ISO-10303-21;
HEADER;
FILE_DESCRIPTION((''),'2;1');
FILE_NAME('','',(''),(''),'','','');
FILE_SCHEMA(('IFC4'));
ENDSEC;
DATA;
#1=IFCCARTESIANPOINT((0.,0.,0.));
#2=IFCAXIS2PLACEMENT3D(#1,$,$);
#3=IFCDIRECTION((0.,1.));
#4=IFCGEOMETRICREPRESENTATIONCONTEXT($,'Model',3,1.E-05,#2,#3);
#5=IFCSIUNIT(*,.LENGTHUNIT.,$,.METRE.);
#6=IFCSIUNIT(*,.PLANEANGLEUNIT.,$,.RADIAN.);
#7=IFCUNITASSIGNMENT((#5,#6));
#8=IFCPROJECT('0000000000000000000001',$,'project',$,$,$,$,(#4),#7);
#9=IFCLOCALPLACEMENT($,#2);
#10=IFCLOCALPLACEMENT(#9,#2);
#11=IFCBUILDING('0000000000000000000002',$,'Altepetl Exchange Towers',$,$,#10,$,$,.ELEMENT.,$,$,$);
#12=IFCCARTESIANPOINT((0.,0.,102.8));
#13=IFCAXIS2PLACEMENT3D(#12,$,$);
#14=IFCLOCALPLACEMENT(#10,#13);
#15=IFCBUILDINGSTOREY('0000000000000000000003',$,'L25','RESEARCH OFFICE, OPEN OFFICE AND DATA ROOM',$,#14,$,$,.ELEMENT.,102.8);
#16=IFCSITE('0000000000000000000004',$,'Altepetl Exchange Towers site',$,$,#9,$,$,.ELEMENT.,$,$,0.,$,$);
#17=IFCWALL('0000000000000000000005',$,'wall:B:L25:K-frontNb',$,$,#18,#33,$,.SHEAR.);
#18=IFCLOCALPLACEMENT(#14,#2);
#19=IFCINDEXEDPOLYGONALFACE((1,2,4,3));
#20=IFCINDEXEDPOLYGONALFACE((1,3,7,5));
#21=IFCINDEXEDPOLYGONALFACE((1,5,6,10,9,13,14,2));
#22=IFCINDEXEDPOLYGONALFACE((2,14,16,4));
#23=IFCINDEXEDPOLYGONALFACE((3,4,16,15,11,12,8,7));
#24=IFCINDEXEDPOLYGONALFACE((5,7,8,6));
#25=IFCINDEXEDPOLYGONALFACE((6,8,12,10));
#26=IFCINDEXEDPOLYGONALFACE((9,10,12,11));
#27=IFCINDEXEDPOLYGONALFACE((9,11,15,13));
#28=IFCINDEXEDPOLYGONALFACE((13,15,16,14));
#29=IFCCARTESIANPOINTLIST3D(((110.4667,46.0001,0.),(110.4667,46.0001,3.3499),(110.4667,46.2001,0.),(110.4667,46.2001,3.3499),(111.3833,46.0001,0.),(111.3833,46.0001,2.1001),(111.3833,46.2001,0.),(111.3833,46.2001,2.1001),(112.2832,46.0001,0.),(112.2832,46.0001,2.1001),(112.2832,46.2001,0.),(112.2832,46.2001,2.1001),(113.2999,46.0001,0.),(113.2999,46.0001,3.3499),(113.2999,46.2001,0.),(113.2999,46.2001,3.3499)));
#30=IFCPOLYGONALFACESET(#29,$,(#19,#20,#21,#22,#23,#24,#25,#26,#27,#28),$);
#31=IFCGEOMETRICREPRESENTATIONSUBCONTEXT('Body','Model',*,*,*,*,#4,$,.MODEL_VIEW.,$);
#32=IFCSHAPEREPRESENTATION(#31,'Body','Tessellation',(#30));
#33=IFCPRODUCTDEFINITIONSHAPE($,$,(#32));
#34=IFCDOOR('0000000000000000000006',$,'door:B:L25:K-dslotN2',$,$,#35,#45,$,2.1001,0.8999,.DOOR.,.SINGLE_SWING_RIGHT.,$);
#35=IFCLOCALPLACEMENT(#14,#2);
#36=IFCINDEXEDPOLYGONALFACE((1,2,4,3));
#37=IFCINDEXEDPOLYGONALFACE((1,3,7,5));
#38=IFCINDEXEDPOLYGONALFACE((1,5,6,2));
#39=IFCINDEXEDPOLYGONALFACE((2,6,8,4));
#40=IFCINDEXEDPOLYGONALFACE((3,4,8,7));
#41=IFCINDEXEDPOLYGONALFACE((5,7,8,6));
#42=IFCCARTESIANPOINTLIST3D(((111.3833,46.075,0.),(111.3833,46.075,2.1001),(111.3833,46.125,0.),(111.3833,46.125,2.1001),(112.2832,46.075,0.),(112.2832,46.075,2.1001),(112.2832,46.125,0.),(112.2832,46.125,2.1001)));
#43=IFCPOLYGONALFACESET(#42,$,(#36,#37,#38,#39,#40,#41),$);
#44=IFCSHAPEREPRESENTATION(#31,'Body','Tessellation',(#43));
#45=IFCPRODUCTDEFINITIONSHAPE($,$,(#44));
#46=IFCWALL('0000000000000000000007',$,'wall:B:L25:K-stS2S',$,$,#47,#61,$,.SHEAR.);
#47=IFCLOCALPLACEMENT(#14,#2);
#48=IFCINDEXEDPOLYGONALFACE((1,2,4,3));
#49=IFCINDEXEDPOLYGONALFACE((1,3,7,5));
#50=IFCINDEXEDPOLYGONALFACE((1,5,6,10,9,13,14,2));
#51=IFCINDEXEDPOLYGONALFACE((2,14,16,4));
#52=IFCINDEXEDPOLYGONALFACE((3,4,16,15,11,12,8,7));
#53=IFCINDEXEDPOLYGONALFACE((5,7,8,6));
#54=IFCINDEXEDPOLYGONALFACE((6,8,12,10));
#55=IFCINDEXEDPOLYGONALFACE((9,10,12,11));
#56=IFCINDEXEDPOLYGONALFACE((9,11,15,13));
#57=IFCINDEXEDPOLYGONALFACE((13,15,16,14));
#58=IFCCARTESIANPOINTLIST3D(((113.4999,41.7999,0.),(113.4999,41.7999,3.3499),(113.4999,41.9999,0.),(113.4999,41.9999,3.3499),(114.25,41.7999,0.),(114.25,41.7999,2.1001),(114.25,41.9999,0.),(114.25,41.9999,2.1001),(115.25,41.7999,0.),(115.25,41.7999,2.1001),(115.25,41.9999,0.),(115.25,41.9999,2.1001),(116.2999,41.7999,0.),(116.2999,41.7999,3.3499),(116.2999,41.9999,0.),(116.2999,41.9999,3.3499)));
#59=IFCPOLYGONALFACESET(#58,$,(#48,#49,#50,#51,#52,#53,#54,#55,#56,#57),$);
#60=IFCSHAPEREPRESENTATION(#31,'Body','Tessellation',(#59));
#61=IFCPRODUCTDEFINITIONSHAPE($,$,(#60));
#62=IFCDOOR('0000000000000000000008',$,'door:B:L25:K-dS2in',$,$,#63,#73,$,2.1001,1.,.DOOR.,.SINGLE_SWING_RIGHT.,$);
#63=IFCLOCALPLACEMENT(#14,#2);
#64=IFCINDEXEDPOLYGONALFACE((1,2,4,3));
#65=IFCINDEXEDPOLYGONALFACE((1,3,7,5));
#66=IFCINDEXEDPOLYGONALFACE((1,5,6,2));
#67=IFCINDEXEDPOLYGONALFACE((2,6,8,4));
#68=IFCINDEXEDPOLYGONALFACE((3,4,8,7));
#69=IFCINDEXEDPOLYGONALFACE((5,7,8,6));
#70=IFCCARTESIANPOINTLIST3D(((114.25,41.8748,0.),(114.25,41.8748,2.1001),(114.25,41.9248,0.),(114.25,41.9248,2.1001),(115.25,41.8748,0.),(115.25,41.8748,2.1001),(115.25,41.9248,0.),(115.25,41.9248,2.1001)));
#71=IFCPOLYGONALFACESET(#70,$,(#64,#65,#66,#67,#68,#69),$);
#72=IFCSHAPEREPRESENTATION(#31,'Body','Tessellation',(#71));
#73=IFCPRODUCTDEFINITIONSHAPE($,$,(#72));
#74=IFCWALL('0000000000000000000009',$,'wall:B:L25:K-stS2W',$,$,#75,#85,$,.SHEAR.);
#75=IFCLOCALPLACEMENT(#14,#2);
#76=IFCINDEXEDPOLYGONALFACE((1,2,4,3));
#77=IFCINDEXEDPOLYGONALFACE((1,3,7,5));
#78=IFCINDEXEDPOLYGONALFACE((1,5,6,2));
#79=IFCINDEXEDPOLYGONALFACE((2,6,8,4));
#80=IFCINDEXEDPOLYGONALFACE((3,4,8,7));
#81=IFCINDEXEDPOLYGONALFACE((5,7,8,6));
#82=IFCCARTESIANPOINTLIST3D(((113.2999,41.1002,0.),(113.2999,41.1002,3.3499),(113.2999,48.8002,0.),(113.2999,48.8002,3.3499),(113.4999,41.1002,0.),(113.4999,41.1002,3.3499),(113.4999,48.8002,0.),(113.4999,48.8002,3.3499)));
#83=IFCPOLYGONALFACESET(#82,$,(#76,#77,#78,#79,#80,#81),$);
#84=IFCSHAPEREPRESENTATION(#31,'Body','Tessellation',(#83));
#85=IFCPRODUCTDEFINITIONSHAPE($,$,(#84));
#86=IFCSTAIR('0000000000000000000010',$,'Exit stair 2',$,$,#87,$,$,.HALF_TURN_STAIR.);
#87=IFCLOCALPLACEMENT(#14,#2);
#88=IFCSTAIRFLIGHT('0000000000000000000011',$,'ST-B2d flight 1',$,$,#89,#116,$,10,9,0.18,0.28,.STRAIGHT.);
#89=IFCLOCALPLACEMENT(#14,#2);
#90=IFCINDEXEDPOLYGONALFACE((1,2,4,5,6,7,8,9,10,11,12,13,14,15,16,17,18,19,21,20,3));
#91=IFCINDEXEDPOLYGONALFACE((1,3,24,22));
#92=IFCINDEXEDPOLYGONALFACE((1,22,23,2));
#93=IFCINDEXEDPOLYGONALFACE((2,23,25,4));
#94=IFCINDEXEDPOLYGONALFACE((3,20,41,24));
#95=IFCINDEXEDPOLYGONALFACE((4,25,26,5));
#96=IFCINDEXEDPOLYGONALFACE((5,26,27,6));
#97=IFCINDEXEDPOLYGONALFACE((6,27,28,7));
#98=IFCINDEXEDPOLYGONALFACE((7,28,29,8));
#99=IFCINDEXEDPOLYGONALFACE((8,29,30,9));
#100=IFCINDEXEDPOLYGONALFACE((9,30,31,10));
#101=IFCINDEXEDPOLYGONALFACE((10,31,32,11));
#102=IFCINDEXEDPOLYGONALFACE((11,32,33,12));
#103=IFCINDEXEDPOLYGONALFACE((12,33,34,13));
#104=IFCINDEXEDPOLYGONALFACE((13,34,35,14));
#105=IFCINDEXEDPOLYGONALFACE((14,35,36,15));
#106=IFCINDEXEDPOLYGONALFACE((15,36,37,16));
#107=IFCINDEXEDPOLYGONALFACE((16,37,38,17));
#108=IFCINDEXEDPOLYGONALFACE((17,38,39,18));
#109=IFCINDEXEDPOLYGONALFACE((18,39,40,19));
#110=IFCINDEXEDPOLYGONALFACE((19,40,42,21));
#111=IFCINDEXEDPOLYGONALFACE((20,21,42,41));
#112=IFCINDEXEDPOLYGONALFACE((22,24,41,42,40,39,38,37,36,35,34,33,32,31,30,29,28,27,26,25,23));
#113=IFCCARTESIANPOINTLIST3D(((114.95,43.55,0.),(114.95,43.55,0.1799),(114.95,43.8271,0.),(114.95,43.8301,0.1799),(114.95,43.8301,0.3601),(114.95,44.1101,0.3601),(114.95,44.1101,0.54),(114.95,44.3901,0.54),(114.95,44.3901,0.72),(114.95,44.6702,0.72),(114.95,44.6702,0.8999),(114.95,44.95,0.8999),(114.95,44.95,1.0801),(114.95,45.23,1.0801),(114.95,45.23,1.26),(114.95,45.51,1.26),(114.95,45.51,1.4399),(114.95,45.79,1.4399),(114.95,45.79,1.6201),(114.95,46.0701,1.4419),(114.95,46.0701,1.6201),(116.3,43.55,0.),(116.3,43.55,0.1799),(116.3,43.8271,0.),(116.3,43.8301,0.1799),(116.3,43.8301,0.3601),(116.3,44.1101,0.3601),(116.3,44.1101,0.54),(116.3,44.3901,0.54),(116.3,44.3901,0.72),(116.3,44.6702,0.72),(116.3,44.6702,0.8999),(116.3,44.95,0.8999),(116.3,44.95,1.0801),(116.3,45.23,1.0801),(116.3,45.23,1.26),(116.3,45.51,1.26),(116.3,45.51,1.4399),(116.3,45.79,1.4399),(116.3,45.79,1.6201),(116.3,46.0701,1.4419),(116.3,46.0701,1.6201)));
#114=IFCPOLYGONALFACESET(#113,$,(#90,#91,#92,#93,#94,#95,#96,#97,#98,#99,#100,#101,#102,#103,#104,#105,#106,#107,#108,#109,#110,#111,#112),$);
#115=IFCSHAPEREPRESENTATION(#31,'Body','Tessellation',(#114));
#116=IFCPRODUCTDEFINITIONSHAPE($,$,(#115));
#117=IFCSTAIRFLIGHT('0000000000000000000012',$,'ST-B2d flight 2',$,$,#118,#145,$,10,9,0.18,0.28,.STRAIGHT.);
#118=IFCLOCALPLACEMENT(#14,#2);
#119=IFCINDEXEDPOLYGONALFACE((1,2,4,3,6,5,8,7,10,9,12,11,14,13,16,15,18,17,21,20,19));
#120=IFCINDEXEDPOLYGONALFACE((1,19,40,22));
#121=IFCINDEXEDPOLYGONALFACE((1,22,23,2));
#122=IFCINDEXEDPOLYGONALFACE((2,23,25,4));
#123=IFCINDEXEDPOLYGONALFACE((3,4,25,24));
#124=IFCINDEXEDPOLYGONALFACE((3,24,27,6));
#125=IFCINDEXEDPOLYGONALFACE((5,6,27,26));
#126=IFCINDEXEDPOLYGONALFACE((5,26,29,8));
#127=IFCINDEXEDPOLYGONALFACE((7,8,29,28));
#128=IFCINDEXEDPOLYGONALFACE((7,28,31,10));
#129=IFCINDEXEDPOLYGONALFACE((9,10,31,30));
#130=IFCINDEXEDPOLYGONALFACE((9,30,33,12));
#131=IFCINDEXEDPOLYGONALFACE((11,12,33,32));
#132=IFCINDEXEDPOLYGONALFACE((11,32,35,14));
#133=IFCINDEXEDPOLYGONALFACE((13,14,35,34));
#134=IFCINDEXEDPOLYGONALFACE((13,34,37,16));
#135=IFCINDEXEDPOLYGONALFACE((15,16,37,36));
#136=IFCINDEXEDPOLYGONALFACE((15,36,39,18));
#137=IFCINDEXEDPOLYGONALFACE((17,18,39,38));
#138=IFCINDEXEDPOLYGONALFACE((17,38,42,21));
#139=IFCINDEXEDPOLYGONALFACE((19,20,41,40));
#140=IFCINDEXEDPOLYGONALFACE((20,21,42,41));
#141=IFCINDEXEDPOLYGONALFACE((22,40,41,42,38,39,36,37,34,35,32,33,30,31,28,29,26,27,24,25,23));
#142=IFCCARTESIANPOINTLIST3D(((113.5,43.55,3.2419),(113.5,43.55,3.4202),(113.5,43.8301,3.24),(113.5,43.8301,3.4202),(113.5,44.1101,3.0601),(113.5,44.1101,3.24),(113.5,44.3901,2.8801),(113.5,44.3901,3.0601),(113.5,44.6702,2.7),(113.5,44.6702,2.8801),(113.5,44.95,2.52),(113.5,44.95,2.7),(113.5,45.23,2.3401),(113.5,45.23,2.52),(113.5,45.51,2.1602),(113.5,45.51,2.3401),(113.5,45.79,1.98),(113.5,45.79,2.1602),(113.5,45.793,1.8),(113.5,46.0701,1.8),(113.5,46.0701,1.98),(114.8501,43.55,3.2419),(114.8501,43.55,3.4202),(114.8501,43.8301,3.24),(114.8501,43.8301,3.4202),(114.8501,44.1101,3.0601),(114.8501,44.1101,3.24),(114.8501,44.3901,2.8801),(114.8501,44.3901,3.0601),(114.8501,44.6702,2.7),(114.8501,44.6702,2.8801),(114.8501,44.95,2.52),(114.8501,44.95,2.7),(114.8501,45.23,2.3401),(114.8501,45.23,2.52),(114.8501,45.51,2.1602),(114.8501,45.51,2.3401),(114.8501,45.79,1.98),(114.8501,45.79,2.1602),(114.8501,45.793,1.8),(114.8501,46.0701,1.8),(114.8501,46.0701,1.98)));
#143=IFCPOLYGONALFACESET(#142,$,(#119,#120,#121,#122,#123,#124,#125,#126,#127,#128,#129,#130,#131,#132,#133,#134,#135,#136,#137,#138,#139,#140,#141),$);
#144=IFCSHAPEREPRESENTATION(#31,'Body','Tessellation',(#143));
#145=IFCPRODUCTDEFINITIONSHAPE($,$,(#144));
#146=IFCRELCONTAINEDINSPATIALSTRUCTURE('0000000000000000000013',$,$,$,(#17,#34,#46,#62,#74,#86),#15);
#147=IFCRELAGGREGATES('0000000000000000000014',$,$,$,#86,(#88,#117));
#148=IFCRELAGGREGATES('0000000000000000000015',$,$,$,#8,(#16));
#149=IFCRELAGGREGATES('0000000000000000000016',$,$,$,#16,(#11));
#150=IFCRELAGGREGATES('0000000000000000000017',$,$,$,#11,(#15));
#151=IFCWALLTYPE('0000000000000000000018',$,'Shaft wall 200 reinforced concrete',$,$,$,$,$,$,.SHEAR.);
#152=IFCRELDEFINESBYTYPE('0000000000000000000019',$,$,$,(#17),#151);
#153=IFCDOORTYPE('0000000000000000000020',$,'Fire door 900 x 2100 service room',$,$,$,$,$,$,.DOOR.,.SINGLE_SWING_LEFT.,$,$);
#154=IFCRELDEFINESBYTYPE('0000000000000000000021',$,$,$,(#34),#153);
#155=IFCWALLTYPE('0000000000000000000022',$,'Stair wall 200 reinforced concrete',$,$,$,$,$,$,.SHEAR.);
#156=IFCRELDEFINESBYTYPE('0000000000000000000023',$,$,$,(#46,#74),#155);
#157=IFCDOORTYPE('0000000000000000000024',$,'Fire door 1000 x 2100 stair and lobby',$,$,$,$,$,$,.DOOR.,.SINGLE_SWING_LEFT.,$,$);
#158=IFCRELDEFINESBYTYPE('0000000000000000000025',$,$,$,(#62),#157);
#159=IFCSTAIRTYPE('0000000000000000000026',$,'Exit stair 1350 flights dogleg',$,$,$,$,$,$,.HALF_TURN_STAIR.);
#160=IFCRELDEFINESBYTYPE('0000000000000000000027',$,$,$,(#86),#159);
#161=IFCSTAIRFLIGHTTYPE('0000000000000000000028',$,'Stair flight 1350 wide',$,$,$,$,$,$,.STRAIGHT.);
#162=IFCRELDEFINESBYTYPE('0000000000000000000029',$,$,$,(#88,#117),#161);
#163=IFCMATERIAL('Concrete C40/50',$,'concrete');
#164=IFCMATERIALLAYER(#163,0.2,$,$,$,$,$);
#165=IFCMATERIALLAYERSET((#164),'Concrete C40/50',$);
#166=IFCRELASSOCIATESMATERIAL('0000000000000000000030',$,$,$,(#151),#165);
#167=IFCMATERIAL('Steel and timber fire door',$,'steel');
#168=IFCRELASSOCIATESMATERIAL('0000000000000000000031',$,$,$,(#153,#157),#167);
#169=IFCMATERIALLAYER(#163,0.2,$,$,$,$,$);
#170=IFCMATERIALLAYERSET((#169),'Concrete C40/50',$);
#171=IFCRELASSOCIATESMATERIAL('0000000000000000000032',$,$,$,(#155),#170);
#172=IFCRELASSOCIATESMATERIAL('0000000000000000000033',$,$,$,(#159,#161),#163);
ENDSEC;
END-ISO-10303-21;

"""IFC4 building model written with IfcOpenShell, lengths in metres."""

from ifc_helpers import new_model, si_unit, direction, frame, frame_2d, origin, place, context, subcontext, project, spatial, polyline, rectangle, outline, extrude, material, layer, layer_set, type_object, element, fill, aggregate, save


model = new_model("IFC4")

# Units and contexts
model_context = context("Model", 3, precision=1e-05, world=origin(), true_north=direction((0.0, 1.0)))
body_context = subcontext(model_context, "Body", "Model", "MODEL_VIEW")
ifc_project = project(units=[si_unit("LENGTHUNIT", "METRE"), si_unit("PLANEANGLEUNIT", "RADIAN")], contexts=[model_context])

# Site, building, storey
site_placement = place(None, origin())
site = spatial("IfcSite", under=ifc_project, at=site_placement, Name="Altepetl Exchange Towers site", CompositionType="ELEMENT", RefElevation=0.0)
building_placement = place(site_placement, origin())
building = spatial("IfcBuilding", under=site, at=building_placement, Name="Altepetl Exchange Towers", CompositionType="ELEMENT")
storey_placement = place(building_placement, frame((0.0, 0.0, 102.8)))
storey = spatial("IfcBuildingStorey", under=building, at=storey_placement, Name="L25", Description="RESEARCH OFFICE, OPEN OFFICE AND DATA ROOM", CompositionType="ELEMENT", Elevation=102.8)

# Shared definitions
ifc_material_1 = material(Name="Concrete C40/50", Category="concrete")
ifc_layer_1 = layer(ifc_material_1, 0.2)
ifc_layer_set_1 = layer_set([ifc_layer_1], Name="Concrete C40/50")
wall_type_1 = type_object("IfcWallType", Name="Shaft wall 200 reinforced concrete", PredefinedType="SHEAR", material=ifc_layer_set_1)

# Walls, openings, doors
wall_1_placement = place(storey_placement, frame((110.4668, 46.1001, 0.0)))
wall_1 = element("IfcWall", 1, at=wall_1_placement, inside=storey, type_object=wall_type_1, Name="wall:B:L25:K-frontNb", PredefinedType="SHEAR", context=body_context, shape_type="SweptSolid", body=[
    extrude(rectangle(XDim=2.8333, YDim=0.2, at=frame_2d((1.4165, 0.0))), origin(), (0.0, 0.0, 1.0), 3.3499),
])
opening_1_placement = place(wall_1_placement, frame((0.9165, 0.0, 0.0)))
opening_1 = element("IfcOpeningElement", 2, at=opening_1_placement, cuts=wall_1, PredefinedType="OPENING", context=body_context, shape_type="SweptSolid", body=[
    extrude(rectangle(XDim=0.8999, YDim=2.1001, at=frame_2d((0.45, 1.05))), frame((0.0, 0.1099, 0.0), z_axis=(0.0, -1.0, 0.0), x_axis=(1.0, 0.0, 0.0)), (0.0, 0.0, 1.0), 0.22),
])
ifc_material_2 = material(Name="Steel and timber fire door", Category="steel")
door_type_1 = type_object("IfcDoorType", Name="Fire door 900 x 2100 service room", OperationType="SINGLE_SWING_LEFT", PredefinedType="DOOR", material=ifc_material_2)
door_1_placement = place(opening_1_placement, origin())
door_1 = element("IfcDoor", 3, at=door_1_placement, inside=storey, type_object=door_type_1, Name="door:B:L25:K-dslotN2", OperationType="SINGLE_SWING_RIGHT", OverallHeight=2.1001, OverallWidth=0.8999, PredefinedType="DOOR", context=body_context, shape_type="SweptSolid", body=[
    extrude(rectangle(XDim=0.8999, YDim=2.1001, at=frame_2d((0.45, 1.05))), frame((0.0, 0.0249, 0.0), z_axis=(0.0, -1.0, 0.0), x_axis=(1.0, 0.0, 0.0)), (0.0, 0.0, 1.0), 0.05),
])
fill(opening_1, door_1)
ifc_layer_2 = layer(ifc_material_1, 0.2)
ifc_layer_set_2 = layer_set([ifc_layer_2], Name="Concrete C40/50")
wall_type_2 = type_object("IfcWallType", Name="Stair wall 200 reinforced concrete", PredefinedType="SHEAR", material=ifc_layer_set_2)
wall_2_placement = place(storey_placement, frame((113.5, 41.8999, 0.0)))
wall_2 = element("IfcWall", 4, at=wall_2_placement, inside=storey, type_object=wall_type_2, Name="wall:B:L25:K-stS2S", PredefinedType="SHEAR", context=body_context, shape_type="SweptSolid", body=[
    extrude(rectangle(XDim=2.8, YDim=0.2, at=frame_2d((1.3999, 0.0))), origin(), (0.0, 0.0, 1.0), 3.3499),
])
opening_2_placement = place(wall_2_placement, frame((0.75, 0.0, 0.0)))
opening_2 = element("IfcOpeningElement", 5, at=opening_2_placement, cuts=wall_2, PredefinedType="OPENING", context=body_context, shape_type="SweptSolid", body=[
    extrude(rectangle(XDim=1.0, YDim=2.1001, at=frame_2d((0.5, 1.05))), frame((0.0, 0.1099, 0.0), z_axis=(0.0, -1.0, 0.0), x_axis=(1.0, 0.0, 0.0)), (0.0, 0.0, 1.0), 0.22),
])
door_type_2 = type_object("IfcDoorType", Name="Fire door 1000 x 2100 stair and lobby", OperationType="SINGLE_SWING_LEFT", PredefinedType="DOOR", material=ifc_material_2)
door_2_placement = place(opening_2_placement, origin())
door_2 = element("IfcDoor", 6, at=door_2_placement, inside=storey, type_object=door_type_2, Name="door:B:L25:K-dS2in", OperationType="SINGLE_SWING_RIGHT", OverallHeight=2.1001, OverallWidth=1.0, PredefinedType="DOOR", context=body_context, shape_type="SweptSolid", body=[
    extrude(rectangle(XDim=1.0, YDim=2.1001, at=frame_2d((0.5, 1.05))), frame((0.0, 0.0249, 0.0), z_axis=(0.0, -1.0, 0.0), x_axis=(1.0, 0.0, 0.0)), (0.0, 0.0, 1.0), 0.05),
])
fill(opening_2, door_2)

# Wall
wall_3_placement = place(storey_placement, frame((113.3999, 41.1001, 0.0), z_axis=(0.0, 0.0, 1.0), x_axis=(0.0, 1.0, 0.0)))
element("IfcWall", 7, at=wall_3_placement, inside=storey, type_object=wall_type_2, Name="wall:B:L25:K-stS2W", PredefinedType="SHEAR", context=body_context, shape_type="SweptSolid", body=[
    extrude(rectangle(XDim=7.7, YDim=0.2, at=frame_2d((3.8501, 0.0))), origin(), (0.0, 0.0, 1.0), 3.3499),
])

# Stair, stair flights
stair_type = type_object("IfcStairType", Name="Exit stair 1350 flights dogleg", PredefinedType="HALF_TURN_STAIR", material=ifc_material_1)
stair_placement = place(storey_placement, origin())
stair = element("IfcStair", 8, at=stair_placement, inside=storey, type_object=stair_type, Name="Exit stair 2", PredefinedType="HALF_TURN_STAIR")
stair_flight_type = type_object("IfcStairFlightType", Name="Stair flight 1350 wide", PredefinedType="STRAIGHT", material=ifc_material_1)
stair_flight_1_placement = place(storey_placement, frame((115.625, 43.55, 0.0), z_axis=(0.0, 0.0, 1.0), x_axis=(0.0, 1.0, 0.0)))
stair_flight_1 = element("IfcStairFlight", 9, at=stair_flight_1_placement, type_object=stair_flight_type, Name="ST-B2d flight 1", NumberOfRisers=10, NumberOfTreads=9, PredefinedType="STRAIGHT", RiserHeight=0.18, TreadLength=0.28, context=body_context, shape_type="SweptSolid", body=[
    extrude(outline(polyline([(0.0, 0.0), (0.0, 0.1799), (0.28, 0.1799), (0.28, 0.3601), (0.5601, 0.3601), (0.5601, 0.54), (0.8401, 0.54), (0.8401, 0.72), (1.1201, 0.72), (1.1201, 0.8999), (1.3999, 0.8999), (1.3999, 1.0801), (1.6799, 1.0801), (1.6799, 1.26), (1.96, 1.26), (1.96, 1.4399), (2.24, 1.4399), (2.24, 1.6201), (2.52, 1.6201), (2.52, 1.8), (2.52, 1.4419), (0.2771, 0.0), (0.0, 0.0)])), frame((0.0, 0.675, 0.0), z_axis=(0.0, -1.0, 0.0), x_axis=(1.0, 0.0, 0.0)), (0.0, 0.0, 1.0), 1.3501),
])
stair_flight_2_placement = place(storey_placement, frame((114.175, 46.0701, 1.8), z_axis=(0.0, 0.0, 1.0), x_axis=(0.0, -1.0, 0.0)))
stair_flight_2 = element("IfcStairFlight", 10, at=stair_flight_2_placement, type_object=stair_flight_type, Name="ST-B2d flight 2", NumberOfRisers=10, NumberOfTreads=9, PredefinedType="STRAIGHT", RiserHeight=0.18, TreadLength=0.28, context=body_context, shape_type="SweptSolid", body=[
    extrude(outline(polyline([(0.0, 0.0), (0.0, 0.1799), (0.28, 0.1799), (0.28, 0.3601), (0.5601, 0.3601), (0.5601, 0.54), (0.8401, 0.54), (0.8401, 0.72), (1.1201, 0.72), (1.1201, 0.8999), (1.3999, 0.8999), (1.3999, 1.0801), (1.6799, 1.0801), (1.6799, 1.26), (1.96, 1.26), (1.96, 1.4399), (2.24, 1.4399), (2.24, 1.6201), (2.52, 1.6201), (2.52, 1.8), (2.52, 1.4419), (0.2771, 0.0), (0.0, 0.0)])), frame((0.0, 0.675, 0.0), z_axis=(0.0, -1.0, 0.0), x_axis=(1.0, 0.0, 0.0)), (0.0, 0.0, 1.0), 1.3501),
])
aggregate(stair, [stair_flight_1, stair_flight_2])

save(model, "model.ifc")
